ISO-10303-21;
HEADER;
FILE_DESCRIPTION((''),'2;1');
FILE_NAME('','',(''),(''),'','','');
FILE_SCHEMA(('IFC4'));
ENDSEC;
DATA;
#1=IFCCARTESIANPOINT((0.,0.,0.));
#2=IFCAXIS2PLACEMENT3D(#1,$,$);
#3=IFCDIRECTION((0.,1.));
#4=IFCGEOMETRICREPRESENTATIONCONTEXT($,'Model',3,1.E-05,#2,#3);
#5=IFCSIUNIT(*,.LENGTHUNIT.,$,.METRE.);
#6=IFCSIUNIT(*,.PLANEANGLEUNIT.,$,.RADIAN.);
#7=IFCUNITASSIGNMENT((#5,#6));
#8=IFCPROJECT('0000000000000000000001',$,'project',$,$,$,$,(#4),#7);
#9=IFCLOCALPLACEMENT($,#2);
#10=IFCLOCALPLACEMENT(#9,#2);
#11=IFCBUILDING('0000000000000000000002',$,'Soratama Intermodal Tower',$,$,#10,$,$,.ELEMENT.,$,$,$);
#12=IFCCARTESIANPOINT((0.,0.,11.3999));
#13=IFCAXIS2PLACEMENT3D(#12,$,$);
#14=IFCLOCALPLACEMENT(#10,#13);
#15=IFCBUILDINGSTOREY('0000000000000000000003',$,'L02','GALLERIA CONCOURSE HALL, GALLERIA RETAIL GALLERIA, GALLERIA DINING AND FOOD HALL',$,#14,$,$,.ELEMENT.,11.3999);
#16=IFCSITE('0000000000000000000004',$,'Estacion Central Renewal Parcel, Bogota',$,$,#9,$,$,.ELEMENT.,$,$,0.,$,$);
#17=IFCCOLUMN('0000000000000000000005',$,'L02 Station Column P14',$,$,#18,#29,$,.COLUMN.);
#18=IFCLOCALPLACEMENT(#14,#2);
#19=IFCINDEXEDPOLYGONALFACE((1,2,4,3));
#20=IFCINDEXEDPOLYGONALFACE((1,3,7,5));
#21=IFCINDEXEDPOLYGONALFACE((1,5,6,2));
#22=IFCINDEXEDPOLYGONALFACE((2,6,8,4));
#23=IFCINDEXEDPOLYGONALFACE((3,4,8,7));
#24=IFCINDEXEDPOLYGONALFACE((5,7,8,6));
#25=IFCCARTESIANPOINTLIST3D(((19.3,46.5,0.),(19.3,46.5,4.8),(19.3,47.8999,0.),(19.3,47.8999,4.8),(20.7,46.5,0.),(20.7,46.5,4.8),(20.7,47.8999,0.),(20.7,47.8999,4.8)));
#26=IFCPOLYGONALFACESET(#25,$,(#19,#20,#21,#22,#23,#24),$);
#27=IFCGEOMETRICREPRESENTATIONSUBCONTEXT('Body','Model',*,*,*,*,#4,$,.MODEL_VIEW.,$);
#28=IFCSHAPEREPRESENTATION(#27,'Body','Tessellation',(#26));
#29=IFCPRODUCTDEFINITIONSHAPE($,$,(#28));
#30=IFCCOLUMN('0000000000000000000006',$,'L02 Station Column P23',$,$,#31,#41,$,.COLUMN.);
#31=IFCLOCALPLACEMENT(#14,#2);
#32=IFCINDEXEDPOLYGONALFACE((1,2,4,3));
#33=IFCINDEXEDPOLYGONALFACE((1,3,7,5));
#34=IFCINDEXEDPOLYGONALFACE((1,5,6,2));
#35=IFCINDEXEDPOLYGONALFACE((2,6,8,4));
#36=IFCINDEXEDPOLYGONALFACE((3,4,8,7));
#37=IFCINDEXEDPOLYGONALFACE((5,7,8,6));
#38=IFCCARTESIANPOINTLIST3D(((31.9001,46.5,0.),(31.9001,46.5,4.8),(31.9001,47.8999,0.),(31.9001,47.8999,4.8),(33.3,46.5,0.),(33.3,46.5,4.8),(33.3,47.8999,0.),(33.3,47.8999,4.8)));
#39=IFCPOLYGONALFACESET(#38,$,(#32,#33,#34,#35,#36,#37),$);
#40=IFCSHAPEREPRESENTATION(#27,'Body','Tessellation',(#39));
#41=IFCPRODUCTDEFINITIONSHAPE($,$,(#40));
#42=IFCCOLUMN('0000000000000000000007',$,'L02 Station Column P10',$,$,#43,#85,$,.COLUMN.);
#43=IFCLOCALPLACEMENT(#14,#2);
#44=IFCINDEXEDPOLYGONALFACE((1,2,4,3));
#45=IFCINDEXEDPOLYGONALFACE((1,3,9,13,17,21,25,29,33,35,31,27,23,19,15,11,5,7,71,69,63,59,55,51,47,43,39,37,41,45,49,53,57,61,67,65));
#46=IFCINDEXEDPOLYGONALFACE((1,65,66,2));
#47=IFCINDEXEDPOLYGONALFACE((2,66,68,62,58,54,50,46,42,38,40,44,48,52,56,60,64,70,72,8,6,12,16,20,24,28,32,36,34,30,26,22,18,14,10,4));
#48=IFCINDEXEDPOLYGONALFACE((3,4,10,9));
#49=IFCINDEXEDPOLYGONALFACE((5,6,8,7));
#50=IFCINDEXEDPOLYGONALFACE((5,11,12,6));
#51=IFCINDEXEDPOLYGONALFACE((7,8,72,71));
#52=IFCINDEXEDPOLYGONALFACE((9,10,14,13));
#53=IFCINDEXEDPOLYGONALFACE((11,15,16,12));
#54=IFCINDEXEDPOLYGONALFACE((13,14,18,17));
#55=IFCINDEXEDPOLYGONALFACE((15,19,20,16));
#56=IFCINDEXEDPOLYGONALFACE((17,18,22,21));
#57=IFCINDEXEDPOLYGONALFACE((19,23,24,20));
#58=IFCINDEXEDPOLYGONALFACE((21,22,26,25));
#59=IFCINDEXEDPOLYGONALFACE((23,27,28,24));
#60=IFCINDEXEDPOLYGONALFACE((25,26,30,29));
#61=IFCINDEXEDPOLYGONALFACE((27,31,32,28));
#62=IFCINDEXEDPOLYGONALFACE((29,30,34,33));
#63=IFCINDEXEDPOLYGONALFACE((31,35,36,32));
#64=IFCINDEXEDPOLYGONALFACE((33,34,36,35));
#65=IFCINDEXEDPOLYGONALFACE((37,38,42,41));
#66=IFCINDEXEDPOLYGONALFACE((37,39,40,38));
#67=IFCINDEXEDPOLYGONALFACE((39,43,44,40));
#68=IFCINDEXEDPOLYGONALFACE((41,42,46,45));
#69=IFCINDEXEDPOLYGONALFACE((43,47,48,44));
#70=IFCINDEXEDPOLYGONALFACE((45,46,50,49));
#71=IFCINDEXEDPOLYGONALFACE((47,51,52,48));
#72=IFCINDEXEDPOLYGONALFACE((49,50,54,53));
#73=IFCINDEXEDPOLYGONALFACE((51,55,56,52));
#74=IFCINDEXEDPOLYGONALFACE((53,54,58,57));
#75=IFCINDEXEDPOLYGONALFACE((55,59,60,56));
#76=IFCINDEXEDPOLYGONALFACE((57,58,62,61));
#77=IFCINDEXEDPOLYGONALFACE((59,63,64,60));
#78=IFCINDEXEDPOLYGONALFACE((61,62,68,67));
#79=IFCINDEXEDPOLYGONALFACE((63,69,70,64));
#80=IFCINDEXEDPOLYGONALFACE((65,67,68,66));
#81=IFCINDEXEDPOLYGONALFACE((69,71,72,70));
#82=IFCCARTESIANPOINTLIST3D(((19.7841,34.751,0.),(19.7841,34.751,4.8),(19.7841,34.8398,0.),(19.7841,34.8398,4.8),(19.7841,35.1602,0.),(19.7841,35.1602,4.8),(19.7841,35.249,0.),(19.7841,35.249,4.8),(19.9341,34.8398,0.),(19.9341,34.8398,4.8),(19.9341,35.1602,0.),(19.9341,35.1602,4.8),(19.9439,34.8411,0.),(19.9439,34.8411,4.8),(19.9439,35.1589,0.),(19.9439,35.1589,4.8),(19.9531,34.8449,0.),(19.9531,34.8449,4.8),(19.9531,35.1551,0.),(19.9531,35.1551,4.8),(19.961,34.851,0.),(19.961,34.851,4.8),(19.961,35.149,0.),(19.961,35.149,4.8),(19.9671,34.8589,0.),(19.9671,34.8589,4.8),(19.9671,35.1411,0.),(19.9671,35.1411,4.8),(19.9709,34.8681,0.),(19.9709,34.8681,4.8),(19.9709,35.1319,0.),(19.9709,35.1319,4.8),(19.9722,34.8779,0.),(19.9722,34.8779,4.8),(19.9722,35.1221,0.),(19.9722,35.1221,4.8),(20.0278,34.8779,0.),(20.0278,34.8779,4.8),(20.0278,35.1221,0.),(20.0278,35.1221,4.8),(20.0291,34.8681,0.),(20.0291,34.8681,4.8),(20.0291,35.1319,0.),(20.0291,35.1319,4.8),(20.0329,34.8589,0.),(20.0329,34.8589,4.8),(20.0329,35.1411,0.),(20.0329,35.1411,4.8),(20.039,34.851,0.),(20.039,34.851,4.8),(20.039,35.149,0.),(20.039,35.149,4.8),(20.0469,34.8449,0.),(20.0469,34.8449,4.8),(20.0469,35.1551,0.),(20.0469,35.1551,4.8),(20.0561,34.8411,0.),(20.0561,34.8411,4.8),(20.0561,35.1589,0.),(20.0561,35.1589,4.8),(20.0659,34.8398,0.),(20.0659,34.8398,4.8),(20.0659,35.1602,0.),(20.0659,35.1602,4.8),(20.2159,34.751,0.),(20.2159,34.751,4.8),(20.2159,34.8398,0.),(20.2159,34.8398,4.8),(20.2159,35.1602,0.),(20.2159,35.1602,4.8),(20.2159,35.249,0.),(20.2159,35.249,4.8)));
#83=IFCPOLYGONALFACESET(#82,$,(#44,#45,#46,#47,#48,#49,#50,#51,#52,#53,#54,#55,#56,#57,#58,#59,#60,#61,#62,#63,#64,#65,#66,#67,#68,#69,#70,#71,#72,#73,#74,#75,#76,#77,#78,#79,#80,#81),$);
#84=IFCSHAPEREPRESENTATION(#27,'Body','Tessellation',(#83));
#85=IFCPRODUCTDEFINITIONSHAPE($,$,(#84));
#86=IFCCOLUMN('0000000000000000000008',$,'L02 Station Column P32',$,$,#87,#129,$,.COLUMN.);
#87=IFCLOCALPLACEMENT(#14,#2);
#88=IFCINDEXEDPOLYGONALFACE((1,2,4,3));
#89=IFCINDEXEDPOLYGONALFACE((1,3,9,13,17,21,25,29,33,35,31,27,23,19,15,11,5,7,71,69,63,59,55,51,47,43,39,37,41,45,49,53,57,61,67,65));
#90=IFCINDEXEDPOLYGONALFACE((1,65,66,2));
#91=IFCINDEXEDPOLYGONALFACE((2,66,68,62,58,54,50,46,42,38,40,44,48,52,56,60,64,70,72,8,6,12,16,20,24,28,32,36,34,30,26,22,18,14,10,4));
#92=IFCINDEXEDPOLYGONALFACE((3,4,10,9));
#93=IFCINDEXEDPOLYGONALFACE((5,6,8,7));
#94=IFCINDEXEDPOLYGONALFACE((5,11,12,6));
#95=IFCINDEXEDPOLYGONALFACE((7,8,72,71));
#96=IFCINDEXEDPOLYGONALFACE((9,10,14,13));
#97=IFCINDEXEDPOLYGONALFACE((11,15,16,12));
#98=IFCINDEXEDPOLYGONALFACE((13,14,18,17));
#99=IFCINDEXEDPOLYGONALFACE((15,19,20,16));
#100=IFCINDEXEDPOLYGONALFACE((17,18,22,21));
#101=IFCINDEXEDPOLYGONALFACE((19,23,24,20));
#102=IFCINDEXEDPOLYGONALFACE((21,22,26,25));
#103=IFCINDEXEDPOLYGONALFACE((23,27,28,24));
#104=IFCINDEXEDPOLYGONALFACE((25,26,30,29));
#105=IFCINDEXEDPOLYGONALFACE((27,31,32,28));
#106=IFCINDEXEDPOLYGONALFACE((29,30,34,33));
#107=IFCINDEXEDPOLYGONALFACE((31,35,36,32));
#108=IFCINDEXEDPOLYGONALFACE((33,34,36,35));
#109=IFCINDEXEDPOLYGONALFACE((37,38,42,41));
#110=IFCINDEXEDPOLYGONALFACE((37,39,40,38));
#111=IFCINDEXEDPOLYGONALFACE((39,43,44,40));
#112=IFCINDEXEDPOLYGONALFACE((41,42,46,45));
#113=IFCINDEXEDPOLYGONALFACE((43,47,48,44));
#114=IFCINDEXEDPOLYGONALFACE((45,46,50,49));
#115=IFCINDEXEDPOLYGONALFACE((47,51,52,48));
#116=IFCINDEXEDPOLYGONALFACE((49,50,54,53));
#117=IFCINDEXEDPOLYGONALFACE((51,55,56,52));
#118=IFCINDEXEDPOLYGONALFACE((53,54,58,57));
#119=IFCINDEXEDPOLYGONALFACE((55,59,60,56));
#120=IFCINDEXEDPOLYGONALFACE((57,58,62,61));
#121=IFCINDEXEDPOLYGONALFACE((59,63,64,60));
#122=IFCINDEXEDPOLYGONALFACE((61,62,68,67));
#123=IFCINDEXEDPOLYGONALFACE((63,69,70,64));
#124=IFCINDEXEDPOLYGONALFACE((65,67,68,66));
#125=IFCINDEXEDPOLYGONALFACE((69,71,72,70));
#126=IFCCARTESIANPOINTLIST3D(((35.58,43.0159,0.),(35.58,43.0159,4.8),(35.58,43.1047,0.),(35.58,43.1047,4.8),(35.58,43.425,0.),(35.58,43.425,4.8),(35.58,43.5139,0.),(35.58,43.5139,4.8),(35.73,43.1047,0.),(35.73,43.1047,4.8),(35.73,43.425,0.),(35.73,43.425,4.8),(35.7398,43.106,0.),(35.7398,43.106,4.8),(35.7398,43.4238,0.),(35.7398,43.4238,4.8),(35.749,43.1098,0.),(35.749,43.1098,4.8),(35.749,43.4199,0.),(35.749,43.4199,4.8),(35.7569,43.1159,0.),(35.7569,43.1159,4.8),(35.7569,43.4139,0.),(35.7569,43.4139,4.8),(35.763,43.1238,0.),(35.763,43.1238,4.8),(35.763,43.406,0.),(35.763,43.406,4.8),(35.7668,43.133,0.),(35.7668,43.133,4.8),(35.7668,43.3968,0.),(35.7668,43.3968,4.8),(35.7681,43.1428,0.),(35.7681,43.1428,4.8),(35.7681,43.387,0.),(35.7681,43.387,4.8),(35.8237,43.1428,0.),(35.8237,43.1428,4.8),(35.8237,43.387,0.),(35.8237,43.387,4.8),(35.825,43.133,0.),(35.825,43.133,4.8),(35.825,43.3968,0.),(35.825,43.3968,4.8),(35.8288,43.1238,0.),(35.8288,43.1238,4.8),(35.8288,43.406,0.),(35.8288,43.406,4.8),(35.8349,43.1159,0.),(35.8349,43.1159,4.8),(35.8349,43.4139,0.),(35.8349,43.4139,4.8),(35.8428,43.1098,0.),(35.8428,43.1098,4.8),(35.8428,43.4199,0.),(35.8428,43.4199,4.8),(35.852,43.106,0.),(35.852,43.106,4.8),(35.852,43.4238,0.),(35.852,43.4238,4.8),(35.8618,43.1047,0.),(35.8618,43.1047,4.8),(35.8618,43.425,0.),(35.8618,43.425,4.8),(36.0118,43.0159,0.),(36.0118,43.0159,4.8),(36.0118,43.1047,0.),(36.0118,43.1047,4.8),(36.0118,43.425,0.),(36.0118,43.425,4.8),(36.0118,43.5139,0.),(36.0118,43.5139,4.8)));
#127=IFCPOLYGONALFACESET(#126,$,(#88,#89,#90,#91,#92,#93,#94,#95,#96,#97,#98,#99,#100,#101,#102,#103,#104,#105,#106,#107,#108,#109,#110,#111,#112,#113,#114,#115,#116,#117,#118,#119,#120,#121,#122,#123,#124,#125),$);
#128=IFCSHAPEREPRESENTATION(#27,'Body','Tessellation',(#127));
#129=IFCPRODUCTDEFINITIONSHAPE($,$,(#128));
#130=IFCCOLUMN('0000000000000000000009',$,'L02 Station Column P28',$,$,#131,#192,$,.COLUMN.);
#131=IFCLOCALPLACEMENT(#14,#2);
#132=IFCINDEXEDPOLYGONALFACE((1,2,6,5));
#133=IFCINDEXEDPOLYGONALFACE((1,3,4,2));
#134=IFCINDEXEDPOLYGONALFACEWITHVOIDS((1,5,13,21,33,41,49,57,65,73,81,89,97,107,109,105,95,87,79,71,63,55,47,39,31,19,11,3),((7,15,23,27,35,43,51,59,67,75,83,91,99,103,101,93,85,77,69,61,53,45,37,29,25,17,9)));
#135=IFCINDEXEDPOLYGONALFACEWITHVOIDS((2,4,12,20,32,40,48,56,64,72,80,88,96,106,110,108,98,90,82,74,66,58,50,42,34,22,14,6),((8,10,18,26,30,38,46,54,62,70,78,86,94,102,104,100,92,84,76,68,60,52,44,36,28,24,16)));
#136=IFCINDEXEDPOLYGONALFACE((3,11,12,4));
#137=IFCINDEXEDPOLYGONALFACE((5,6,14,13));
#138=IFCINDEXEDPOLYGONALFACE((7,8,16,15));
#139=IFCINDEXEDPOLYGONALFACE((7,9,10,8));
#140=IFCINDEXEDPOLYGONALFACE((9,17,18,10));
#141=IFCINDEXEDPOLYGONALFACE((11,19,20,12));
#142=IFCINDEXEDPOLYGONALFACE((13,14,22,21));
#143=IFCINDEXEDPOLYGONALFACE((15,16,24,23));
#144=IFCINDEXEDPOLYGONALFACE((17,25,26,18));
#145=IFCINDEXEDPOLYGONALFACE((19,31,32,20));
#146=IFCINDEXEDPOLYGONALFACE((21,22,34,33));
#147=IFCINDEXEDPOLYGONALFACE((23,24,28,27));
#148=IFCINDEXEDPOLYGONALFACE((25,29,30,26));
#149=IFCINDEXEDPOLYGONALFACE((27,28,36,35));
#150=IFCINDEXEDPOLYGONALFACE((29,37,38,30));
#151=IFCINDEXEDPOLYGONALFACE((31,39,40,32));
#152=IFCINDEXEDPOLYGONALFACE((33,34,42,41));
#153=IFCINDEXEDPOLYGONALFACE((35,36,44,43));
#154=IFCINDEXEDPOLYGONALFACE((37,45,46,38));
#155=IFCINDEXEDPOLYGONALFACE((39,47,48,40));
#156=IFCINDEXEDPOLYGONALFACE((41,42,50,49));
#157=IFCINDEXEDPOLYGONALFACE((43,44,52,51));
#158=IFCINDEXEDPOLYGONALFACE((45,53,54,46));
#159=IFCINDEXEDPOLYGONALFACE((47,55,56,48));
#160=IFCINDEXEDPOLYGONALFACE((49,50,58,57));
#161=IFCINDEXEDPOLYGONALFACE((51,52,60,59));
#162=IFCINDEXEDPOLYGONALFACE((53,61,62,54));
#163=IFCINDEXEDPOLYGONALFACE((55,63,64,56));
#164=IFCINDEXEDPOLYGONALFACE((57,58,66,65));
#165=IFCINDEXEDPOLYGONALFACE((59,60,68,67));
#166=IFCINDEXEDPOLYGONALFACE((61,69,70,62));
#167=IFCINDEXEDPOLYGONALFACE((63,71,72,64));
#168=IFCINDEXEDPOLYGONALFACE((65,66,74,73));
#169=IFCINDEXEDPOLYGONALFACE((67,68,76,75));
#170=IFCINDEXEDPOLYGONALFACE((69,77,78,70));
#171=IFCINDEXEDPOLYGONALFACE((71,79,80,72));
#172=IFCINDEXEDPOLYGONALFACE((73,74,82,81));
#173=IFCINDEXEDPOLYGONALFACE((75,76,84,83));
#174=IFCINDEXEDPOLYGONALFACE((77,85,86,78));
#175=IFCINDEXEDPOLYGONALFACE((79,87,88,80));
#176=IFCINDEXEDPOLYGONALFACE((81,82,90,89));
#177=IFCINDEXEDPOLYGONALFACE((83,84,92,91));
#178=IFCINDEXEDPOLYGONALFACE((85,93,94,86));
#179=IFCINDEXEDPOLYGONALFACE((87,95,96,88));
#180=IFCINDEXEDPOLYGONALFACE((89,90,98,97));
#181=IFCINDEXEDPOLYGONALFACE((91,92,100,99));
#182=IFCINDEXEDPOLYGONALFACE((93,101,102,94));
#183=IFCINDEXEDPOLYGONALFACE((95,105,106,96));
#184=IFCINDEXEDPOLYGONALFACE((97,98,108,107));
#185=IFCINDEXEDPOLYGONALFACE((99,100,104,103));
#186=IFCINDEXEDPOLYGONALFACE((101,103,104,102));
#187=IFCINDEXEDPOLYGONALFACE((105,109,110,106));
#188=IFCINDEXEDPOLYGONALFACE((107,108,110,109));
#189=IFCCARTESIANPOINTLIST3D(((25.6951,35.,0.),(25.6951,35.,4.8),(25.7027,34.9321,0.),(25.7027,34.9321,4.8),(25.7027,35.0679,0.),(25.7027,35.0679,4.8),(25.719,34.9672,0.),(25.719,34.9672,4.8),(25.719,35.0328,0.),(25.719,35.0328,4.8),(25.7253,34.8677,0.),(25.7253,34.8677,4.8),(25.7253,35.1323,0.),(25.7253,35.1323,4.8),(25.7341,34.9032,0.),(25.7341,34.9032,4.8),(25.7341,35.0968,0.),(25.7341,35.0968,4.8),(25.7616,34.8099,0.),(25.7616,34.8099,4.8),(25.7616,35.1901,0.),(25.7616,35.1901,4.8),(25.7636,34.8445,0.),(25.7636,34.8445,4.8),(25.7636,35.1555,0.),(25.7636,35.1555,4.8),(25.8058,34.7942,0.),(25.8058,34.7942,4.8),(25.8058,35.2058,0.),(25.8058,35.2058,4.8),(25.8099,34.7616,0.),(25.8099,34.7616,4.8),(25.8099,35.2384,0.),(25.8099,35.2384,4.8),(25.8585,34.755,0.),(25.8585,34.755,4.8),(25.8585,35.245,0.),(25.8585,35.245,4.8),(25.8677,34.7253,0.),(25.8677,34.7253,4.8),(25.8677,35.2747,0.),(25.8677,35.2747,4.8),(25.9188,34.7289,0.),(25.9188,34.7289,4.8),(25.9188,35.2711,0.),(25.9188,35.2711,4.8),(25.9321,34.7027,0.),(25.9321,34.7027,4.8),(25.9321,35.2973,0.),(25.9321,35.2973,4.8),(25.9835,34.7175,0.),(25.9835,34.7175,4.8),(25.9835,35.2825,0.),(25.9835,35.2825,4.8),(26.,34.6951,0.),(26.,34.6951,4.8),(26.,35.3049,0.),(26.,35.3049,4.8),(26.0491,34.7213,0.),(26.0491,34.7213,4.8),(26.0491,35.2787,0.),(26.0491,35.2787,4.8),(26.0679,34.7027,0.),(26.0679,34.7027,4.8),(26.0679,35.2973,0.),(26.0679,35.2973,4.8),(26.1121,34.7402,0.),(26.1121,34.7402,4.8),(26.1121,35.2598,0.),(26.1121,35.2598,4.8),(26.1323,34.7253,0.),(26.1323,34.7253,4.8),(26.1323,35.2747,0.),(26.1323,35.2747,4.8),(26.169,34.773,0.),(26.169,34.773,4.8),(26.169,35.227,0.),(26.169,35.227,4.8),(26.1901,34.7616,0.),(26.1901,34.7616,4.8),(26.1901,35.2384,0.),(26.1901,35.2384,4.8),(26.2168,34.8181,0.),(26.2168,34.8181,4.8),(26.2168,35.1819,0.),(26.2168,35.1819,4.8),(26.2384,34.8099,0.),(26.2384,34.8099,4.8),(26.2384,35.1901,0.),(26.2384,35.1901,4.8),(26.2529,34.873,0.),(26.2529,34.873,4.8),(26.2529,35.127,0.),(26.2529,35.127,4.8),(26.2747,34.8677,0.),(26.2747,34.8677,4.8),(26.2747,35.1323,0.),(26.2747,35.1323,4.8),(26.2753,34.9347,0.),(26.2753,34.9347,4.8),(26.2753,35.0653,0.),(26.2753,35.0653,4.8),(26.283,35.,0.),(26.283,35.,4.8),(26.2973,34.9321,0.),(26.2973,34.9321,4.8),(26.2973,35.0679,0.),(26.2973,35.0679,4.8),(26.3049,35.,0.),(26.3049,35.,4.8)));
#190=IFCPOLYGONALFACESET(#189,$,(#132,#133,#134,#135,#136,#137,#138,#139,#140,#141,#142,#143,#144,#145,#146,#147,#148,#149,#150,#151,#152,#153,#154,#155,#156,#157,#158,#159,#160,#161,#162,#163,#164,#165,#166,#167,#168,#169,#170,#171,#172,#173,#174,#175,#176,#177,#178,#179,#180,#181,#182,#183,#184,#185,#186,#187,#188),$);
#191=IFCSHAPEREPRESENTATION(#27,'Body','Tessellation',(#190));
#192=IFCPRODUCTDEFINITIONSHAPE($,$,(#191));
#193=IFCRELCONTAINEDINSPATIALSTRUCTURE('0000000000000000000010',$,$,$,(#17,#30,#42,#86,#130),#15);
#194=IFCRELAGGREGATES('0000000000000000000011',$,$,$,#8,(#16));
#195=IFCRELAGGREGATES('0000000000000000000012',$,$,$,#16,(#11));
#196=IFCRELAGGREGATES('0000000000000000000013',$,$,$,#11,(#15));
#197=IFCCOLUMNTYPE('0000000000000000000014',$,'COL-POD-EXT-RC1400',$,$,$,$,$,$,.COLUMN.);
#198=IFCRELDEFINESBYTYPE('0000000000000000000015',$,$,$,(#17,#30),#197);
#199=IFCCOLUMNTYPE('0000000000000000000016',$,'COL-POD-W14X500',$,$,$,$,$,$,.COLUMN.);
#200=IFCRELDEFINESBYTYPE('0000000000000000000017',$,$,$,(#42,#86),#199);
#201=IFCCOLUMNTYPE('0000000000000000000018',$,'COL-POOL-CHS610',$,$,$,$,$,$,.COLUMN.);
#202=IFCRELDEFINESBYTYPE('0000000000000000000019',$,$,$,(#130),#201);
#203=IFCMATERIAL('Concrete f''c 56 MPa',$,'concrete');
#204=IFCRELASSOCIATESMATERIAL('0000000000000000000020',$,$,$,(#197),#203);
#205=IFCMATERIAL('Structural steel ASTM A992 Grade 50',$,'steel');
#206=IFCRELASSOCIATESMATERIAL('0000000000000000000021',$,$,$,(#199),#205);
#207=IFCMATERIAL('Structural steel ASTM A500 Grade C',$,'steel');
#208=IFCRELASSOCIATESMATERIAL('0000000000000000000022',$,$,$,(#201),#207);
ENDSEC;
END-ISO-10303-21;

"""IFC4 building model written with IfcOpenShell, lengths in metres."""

from ifc_helpers import new_model, si_unit, direction, frame, origin, origin_2d, place, context, subcontext, project, spatial, rectangle, hollow_circle, i_section, extrude, material, material_profile, profile_set, type_object, element, save


model = new_model("IFC4")

# Units and contexts
model_context = context("Model", 3, precision=1e-05, world=origin(), true_north=direction((0.0, 1.0)))
body_context = subcontext(model_context, "Body", "Model", "MODEL_VIEW")
ifc_project = project(units=[si_unit("LENGTHUNIT", "METRE"), si_unit("PLANEANGLEUNIT", "RADIAN")], contexts=[model_context])

# Site, building, storey
site_placement = place(None, origin())
site = spatial("IfcSite", under=ifc_project, at=site_placement, Name="Estacion Central Renewal Parcel, Bogota", CompositionType="ELEMENT", RefElevation=0.0)
building_placement = place(site_placement, origin())
building = spatial("IfcBuilding", under=site, at=building_placement, Name="Soratama Intermodal Tower", CompositionType="ELEMENT")
storey_placement = place(building_placement, frame((0.0, 0.0, 11.3999)))
storey = spatial("IfcBuildingStorey", under=building, at=storey_placement, Name="L02", Description="GALLERIA CONCOURSE HALL, GALLERIA RETAIL GALLERIA, GALLERIA DINING AND FOOD HALL", CompositionType="ELEMENT", Elevation=11.3999)

# Columns
ifc_material_1 = material(Name="Concrete f'c 56 MPa", Category="concrete")
ifc_material_profile_1 = material_profile(ifc_material_1, rectangle(XDim=1.3999, YDim=1.3999, at=origin_2d()), Name="RC1400X1400")
ifc_profile_set_1 = profile_set([ifc_material_profile_1], Name="Concrete f'c 56 MPa")
column_type_1 = type_object("IfcColumnType", Name="COL-POD-EXT-RC1400", PredefinedType="COLUMN", material=ifc_profile_set_1)
for number, where, z_axis, x_axis, name in (
    (1, (20.0, 47.2, 0.0), (0.0, 0.0, 1.0), (1.0, 0.0, 0.0), "L02 Station Column P14"),
    (2, (32.6001, 47.2, 0.0), (0.0, 0.0, 1.0), (1.0, 0.0, 0.0), "L02 Station Column P23"),
):
    element("IfcColumn", number, at=place(storey_placement, frame(where, z_axis=z_axis, x_axis=x_axis)), inside=storey, type_object=column_type_1, Name=name, PredefinedType="COLUMN", context=body_context, shape_type="SweptSolid", body=[
        extrude(rectangle(XDim=1.3999, YDim=1.3999, at=origin_2d()), origin(), (0.0, 0.0, 1.0), 4.8),
    ])
ifc_material_2 = material(Name="Structural steel ASTM A992 Grade 50", Category="steel")
ifc_material_profile_2 = material_profile(ifc_material_2, i_section(OverallWidth=0.4319, OverallDepth=0.498, WebThickness=0.0557, FlangeThickness=0.0889, FilletRadius=0.0381, at=origin_2d()), Name="W14X500")
ifc_profile_set_2 = profile_set([ifc_material_profile_2], Name="Structural steel ASTM A992 Grade 50")
column_type_2 = type_object("IfcColumnType", Name="COL-POD-W14X500", PredefinedType="COLUMN", material=ifc_profile_set_2)
for number, where, z_axis, x_axis, name in (
    (3, (20.0, 35.0, 0.0), (0.0, 0.0, 1.0), (1.0, 0.0, 0.0), "L02 Station Column P10"),
    (4, (35.7959, 43.2649, 0.0), (0.0, 0.0, 1.0), (1.0, 0.0, 0.0), "L02 Station Column P32"),
):
    element("IfcColumn", number, at=place(storey_placement, frame(where, z_axis=z_axis, x_axis=x_axis)), inside=storey, type_object=column_type_2, Name=name, PredefinedType="COLUMN", context=body_context, shape_type="SweptSolid", body=[
        extrude(i_section(OverallWidth=0.4319, OverallDepth=0.498, WebThickness=0.0557, FlangeThickness=0.0889, FilletRadius=0.0381, at=origin_2d()), origin(), (0.0, 0.0, 1.0), 4.8),
    ])
ifc_material_3 = material(Name="Structural steel ASTM A500 Grade C", Category="steel")
ifc_material_profile_3 = material_profile(ifc_material_3, hollow_circle(Radius=0.3049, WallThickness=0.022, at=origin_2d()), Name="CHS610X22")
ifc_profile_set_3 = profile_set([ifc_material_profile_3], Name="Structural steel ASTM A500 Grade C")
column_type_3 = type_object("IfcColumnType", Name="COL-POOL-CHS610", PredefinedType="COLUMN", material=ifc_profile_set_3)
column_1_placement = place(storey_placement, frame((26.0, 35.0, 0.0), z_axis=(0.0, 0.0, 1.0), x_axis=(1.0, 0.0, 0.0)))
element("IfcColumn", 5, at=column_1_placement, inside=storey, type_object=column_type_3, Name="L02 Station Column P28", PredefinedType="COLUMN", context=body_context, shape_type="SweptSolid", body=[
    extrude(hollow_circle(Radius=0.3049, WallThickness=0.022, at=origin_2d()), origin(), (0.0, 0.0, 1.0), 4.8),
])

save(model, "model.ifc")
